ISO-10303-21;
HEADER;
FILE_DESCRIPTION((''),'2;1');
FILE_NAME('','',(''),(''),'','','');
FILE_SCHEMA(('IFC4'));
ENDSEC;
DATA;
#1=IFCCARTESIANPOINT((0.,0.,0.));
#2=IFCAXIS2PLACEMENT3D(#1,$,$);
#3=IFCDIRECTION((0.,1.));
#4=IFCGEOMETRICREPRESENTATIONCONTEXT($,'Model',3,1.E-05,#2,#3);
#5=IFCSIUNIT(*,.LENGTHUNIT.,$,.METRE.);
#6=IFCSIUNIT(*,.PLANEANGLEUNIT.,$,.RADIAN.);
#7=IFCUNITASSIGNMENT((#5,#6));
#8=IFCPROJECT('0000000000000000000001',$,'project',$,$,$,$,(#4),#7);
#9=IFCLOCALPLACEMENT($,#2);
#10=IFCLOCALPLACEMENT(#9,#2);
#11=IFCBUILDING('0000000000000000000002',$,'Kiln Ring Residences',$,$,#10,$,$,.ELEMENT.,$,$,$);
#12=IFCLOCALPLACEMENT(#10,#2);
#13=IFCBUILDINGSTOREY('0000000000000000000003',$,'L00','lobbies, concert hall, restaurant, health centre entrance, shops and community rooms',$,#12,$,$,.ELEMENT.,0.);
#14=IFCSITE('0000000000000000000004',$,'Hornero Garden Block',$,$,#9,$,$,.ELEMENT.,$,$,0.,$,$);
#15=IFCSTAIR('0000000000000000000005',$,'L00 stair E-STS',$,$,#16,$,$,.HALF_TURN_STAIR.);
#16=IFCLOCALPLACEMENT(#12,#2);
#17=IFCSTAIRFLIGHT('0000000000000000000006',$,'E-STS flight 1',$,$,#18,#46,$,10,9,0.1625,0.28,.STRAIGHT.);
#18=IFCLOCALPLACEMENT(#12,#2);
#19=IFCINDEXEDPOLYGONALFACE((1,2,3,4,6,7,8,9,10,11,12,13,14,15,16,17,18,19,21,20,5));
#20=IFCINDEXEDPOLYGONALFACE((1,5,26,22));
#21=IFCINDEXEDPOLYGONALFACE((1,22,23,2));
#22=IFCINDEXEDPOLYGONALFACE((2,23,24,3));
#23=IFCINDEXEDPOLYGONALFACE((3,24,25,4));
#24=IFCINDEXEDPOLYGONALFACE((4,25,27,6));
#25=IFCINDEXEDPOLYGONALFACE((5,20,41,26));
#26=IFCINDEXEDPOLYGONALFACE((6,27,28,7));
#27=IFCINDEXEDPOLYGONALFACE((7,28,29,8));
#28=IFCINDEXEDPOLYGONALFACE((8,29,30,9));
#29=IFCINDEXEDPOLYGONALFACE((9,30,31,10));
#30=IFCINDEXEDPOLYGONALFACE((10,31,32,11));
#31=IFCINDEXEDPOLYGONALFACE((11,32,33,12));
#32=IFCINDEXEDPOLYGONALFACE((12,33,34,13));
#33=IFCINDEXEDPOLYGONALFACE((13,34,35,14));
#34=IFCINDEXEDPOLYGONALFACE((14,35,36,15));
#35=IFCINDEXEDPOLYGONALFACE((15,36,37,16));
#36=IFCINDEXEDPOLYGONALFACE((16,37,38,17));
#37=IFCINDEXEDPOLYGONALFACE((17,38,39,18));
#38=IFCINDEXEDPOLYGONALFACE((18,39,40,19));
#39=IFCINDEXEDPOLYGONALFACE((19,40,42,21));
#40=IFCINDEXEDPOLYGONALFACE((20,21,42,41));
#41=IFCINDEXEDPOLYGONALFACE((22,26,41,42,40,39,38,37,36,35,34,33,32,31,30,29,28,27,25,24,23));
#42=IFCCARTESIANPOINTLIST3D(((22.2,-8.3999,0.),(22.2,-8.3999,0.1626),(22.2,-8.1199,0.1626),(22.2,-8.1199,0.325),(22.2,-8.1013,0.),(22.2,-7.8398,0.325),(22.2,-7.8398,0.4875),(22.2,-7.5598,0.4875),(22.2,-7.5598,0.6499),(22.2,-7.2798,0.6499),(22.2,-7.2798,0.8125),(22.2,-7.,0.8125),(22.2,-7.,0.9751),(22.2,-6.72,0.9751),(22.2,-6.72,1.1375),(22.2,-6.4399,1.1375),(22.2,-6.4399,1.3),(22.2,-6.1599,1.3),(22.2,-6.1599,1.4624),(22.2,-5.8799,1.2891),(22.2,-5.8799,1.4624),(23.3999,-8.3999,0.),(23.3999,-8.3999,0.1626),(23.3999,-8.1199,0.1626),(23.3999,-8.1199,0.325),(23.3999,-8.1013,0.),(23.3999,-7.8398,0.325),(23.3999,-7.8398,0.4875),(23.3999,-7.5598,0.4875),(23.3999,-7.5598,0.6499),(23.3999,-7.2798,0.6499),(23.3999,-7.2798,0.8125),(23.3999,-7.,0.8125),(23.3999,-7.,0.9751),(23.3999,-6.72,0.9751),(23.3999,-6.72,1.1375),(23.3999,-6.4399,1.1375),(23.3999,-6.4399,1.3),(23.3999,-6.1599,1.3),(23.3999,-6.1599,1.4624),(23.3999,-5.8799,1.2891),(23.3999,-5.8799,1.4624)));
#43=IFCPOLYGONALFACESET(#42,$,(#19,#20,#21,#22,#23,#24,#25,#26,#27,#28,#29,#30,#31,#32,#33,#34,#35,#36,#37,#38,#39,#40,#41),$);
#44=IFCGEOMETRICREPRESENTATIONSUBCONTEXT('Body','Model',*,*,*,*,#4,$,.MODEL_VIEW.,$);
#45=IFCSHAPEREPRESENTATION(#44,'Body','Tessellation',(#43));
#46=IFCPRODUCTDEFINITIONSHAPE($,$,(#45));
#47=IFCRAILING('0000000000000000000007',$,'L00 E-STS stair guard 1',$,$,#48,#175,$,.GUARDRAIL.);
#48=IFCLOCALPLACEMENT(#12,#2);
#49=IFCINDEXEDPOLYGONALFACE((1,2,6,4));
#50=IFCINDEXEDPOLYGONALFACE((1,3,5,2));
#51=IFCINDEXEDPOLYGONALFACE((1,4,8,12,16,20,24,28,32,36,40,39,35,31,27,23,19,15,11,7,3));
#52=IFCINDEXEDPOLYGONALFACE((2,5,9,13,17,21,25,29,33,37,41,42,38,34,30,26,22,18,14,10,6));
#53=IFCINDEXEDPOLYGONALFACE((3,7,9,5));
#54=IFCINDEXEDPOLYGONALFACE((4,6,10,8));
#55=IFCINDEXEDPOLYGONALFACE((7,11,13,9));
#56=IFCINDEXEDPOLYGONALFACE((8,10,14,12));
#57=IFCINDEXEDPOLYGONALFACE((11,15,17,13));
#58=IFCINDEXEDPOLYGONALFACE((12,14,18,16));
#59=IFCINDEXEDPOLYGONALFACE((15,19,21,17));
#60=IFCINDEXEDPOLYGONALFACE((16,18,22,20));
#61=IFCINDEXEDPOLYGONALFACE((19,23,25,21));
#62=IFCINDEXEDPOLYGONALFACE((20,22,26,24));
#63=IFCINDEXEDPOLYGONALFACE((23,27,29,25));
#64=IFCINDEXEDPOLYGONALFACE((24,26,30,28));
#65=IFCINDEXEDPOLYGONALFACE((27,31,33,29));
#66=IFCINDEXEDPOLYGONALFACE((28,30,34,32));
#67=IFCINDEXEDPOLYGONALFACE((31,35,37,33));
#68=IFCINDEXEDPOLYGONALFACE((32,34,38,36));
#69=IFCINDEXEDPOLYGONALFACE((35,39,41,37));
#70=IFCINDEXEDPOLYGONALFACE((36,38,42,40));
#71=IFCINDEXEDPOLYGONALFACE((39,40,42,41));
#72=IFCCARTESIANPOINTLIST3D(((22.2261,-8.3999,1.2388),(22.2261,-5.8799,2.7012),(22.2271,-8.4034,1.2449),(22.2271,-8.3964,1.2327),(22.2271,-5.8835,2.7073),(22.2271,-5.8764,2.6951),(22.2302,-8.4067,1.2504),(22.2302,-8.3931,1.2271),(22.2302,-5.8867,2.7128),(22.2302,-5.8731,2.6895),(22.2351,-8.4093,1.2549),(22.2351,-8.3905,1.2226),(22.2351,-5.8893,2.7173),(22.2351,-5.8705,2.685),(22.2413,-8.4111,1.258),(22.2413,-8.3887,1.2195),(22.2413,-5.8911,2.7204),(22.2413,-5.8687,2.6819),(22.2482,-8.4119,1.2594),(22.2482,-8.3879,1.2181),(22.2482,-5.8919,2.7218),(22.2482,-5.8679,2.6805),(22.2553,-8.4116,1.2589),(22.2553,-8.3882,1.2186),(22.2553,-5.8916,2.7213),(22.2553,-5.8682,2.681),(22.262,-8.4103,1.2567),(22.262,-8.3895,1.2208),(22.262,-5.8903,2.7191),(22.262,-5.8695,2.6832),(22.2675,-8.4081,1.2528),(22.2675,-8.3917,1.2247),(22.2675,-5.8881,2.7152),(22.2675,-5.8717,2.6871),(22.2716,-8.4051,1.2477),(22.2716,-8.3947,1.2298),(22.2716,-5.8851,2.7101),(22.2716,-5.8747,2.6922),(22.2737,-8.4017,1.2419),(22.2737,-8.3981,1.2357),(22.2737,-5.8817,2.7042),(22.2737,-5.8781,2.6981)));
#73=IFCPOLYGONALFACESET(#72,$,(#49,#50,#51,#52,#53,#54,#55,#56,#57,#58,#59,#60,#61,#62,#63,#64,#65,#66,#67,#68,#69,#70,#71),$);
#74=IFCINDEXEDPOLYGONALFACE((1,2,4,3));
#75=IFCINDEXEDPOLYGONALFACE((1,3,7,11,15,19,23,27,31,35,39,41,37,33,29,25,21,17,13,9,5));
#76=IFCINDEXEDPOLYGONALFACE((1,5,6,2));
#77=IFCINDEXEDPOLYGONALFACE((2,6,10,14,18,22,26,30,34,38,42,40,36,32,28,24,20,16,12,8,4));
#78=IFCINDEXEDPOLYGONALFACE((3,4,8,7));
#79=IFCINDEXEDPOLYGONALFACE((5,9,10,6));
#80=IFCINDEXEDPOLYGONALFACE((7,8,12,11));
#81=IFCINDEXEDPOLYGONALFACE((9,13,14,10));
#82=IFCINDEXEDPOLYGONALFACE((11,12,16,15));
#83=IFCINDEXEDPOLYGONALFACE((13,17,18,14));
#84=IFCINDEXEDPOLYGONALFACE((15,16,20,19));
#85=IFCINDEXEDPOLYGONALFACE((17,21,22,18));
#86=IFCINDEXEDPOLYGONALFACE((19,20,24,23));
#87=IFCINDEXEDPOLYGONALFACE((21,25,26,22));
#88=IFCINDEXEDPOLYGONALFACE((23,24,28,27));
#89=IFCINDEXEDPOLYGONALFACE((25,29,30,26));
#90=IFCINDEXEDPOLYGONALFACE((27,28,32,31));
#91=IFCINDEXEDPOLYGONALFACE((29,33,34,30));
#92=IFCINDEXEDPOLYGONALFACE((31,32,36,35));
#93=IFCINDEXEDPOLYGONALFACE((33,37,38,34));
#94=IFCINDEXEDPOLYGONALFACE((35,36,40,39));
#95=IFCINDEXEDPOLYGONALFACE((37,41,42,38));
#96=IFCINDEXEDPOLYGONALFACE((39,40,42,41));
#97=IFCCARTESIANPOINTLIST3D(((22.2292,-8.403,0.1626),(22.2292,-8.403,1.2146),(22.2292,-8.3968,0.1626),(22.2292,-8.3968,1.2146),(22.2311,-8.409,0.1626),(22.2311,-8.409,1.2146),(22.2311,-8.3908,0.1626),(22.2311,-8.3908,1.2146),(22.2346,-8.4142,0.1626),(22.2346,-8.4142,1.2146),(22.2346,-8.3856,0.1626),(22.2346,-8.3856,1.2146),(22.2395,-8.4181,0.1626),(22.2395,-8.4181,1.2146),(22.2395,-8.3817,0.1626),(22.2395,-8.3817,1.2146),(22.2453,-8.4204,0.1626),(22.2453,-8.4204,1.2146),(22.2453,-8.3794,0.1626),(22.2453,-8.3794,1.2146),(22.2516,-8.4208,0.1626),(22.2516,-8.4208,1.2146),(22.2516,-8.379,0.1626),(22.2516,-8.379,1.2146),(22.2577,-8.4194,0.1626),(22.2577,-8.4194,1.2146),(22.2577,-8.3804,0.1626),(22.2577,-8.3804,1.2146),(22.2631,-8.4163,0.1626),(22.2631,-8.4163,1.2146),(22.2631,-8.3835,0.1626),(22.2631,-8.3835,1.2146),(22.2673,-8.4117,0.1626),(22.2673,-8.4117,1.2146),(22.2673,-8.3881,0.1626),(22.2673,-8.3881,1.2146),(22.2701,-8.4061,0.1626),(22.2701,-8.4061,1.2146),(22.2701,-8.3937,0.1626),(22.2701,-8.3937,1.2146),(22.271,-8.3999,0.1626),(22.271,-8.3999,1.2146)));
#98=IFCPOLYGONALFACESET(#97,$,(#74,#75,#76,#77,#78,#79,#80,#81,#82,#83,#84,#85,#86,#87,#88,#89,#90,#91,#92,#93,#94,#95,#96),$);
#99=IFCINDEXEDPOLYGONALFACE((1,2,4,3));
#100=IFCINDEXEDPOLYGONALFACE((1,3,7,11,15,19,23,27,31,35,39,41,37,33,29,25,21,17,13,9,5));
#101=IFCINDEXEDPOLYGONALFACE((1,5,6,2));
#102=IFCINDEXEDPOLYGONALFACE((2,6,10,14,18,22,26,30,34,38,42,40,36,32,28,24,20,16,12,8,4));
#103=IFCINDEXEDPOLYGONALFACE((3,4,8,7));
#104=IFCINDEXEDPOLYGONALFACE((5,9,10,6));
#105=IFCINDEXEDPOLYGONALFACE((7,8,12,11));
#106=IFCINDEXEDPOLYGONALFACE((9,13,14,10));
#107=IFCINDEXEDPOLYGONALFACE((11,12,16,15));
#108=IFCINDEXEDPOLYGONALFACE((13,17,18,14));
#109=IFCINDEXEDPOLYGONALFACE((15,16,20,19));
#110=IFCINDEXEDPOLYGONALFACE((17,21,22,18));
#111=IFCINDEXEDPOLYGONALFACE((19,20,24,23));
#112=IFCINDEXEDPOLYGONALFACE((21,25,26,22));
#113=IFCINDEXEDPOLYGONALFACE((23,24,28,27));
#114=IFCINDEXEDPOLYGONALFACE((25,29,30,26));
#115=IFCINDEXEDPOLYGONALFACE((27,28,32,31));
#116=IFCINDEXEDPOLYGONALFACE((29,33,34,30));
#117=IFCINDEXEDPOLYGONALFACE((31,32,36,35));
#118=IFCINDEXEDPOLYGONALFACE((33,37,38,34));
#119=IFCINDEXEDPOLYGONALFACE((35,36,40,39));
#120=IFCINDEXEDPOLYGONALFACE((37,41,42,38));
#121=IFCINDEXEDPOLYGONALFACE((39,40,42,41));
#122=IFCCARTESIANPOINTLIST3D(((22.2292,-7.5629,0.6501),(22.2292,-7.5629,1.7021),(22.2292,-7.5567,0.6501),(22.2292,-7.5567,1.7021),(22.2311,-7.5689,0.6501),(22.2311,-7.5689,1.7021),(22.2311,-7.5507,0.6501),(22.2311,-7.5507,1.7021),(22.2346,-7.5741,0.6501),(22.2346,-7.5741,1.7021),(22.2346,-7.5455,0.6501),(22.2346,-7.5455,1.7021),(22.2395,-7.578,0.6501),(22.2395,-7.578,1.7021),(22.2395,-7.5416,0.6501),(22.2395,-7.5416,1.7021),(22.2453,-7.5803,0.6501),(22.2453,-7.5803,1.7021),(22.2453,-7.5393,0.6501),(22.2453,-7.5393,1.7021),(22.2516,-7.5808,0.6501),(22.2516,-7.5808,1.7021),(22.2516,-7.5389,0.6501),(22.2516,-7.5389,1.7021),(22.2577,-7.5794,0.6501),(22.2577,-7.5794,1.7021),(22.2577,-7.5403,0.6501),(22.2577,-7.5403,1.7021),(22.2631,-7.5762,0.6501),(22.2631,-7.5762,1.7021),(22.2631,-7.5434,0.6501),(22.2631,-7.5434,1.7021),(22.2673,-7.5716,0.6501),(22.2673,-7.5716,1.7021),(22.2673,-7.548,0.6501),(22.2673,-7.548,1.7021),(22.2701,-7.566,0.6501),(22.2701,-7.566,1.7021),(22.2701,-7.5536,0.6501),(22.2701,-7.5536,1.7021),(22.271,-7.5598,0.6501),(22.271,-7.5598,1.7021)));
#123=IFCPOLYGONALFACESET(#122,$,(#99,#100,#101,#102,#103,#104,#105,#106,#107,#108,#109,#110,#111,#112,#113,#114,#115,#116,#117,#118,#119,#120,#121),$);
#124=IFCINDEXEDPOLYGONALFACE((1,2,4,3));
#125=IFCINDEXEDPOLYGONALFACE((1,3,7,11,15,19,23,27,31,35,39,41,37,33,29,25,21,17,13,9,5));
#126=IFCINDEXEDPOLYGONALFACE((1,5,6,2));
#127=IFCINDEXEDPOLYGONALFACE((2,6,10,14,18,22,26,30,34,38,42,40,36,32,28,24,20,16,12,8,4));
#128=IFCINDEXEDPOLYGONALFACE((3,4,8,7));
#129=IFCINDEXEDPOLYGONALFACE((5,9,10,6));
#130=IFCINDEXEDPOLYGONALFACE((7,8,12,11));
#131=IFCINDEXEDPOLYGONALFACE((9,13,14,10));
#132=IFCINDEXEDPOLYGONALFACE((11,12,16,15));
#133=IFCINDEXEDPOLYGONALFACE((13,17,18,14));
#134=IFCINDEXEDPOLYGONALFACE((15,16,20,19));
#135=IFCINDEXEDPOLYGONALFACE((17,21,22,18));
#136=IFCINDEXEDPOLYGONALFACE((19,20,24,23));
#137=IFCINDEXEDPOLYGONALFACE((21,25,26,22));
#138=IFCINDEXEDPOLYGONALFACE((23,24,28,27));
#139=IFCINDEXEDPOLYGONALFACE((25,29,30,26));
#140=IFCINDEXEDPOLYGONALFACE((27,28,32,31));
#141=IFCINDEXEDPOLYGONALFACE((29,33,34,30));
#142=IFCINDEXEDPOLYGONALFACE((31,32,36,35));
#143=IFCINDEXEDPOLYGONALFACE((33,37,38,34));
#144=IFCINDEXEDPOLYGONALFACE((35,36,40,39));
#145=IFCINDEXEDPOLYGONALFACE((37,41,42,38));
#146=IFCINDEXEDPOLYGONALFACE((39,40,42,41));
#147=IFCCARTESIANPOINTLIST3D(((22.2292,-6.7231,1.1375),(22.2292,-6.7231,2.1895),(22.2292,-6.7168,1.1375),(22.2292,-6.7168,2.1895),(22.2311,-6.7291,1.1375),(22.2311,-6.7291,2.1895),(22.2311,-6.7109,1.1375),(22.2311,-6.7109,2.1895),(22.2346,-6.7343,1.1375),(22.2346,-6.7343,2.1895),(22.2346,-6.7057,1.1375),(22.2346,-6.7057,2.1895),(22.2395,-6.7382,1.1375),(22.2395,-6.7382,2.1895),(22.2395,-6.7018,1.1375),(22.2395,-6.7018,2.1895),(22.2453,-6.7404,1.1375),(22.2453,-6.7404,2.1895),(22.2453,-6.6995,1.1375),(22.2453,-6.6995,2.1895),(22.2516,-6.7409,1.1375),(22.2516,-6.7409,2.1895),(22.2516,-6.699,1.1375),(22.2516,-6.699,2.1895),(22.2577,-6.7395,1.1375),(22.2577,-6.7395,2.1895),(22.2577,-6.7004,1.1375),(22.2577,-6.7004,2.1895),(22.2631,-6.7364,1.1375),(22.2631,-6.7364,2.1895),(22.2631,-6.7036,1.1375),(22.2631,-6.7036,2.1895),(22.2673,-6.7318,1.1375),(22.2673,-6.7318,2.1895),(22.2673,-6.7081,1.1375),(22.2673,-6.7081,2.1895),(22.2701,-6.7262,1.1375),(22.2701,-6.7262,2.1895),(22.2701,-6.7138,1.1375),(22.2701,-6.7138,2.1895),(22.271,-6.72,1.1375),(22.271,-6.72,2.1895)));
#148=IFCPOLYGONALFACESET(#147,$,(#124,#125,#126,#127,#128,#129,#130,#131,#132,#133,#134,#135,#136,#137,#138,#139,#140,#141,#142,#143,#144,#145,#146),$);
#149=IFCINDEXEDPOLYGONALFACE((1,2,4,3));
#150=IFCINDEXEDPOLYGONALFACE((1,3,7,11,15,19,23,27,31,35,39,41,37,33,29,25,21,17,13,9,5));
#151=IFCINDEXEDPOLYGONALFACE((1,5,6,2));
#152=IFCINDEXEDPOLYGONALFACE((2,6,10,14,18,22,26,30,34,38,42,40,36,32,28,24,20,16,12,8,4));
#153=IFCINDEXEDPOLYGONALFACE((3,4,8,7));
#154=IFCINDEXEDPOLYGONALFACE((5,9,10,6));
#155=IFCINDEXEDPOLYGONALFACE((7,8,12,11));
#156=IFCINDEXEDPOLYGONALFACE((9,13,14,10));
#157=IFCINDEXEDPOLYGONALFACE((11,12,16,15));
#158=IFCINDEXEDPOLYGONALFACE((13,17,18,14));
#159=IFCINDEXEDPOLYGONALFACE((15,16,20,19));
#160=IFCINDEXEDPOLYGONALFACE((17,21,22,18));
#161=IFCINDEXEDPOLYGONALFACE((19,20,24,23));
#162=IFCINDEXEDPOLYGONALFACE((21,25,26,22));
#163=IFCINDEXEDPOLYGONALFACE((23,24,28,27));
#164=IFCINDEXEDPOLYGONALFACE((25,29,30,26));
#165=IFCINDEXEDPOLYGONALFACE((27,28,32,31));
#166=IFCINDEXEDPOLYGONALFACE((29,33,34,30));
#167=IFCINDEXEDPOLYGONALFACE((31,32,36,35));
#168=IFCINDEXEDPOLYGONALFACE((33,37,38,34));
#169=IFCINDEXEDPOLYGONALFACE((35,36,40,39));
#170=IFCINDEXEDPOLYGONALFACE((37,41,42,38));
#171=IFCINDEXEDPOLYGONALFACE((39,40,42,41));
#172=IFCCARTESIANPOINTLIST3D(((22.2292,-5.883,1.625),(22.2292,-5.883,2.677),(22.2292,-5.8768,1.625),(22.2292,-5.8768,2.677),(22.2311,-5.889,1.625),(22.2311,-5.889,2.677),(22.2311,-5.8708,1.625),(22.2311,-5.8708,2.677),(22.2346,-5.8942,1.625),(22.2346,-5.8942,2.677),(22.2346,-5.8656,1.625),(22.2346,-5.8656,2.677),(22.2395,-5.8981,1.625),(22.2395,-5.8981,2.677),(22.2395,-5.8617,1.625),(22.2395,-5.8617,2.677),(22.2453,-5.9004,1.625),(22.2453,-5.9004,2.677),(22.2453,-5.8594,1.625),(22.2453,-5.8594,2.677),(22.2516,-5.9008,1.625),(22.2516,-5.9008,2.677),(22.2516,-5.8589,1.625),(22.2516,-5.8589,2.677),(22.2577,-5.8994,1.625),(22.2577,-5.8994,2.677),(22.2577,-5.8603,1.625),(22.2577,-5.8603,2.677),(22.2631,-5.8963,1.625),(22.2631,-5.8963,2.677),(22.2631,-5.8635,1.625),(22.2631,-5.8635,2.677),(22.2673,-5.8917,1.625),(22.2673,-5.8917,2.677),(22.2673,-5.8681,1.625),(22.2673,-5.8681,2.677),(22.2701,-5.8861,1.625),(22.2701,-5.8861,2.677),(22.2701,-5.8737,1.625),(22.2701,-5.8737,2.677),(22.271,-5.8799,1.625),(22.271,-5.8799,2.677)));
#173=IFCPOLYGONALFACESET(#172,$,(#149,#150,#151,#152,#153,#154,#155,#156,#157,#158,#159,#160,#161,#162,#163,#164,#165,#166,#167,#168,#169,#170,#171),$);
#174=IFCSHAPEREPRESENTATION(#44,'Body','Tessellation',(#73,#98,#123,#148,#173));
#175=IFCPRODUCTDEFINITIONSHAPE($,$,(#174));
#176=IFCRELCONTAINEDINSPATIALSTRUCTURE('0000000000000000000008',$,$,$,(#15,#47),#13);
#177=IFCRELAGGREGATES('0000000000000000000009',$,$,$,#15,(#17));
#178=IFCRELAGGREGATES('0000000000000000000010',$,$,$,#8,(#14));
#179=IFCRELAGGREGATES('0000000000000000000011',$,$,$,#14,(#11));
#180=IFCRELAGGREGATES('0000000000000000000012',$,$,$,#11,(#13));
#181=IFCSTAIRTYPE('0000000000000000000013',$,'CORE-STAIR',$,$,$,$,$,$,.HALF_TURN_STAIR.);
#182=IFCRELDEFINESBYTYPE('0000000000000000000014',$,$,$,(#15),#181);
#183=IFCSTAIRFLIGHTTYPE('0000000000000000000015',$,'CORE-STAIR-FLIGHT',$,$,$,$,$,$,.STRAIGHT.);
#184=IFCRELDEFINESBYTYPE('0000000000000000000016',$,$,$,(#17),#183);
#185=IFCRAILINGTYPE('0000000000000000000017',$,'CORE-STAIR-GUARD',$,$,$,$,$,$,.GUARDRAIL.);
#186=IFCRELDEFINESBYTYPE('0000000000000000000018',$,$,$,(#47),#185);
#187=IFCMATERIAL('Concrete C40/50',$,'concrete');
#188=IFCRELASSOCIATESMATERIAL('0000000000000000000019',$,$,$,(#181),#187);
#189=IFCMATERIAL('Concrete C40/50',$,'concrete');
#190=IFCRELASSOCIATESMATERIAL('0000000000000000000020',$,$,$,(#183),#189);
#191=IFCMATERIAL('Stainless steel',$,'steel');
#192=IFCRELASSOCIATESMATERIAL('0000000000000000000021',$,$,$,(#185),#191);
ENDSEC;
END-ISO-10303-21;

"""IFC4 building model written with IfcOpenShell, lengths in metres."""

from ifc_helpers import new_model, si_unit, direction, frame, origin, origin_2d, place, context, subcontext, project, spatial, polyline, circle, outline, extrude, material, type_object, element, aggregate, save


model = new_model("IFC4")

# Units and contexts
model_context = context("Model", 3, precision=1e-05, world=origin(), true_north=direction((0.0, 1.0)))
body_context = subcontext(model_context, "Body", "Model", "MODEL_VIEW")
ifc_project = project(units=[si_unit("LENGTHUNIT", "METRE"), si_unit("PLANEANGLEUNIT", "RADIAN")], contexts=[model_context])

# Site, building, storey
site_placement = place(None, origin())
site = spatial("IfcSite", under=ifc_project, at=site_placement, Name="Hornero Garden Block", CompositionType="ELEMENT", RefElevation=0.0)
building_placement = place(site_placement, origin())
building = spatial("IfcBuilding", under=site, at=building_placement, Name="Kiln Ring Residences", CompositionType="ELEMENT")
storey_placement = place(building_placement, origin())
storey = spatial("IfcBuildingStorey", under=building, at=storey_placement, Name="L00", Description="lobbies, concert hall, restaurant, health centre entrance, shops and community rooms", CompositionType="ELEMENT", Elevation=0.0)

# Shared definitions
placement = place(storey_placement, origin())

# Stair, stair flight
ifc_material_1 = material(Name="Concrete C40/50", Category="concrete")
stair_type = type_object("IfcStairType", Name="CORE-STAIR", PredefinedType="HALF_TURN_STAIR", material=ifc_material_1)
stair = element("IfcStair", 1, at=placement, inside=storey, type_object=stair_type, Name="L00 stair E-STS", PredefinedType="HALF_TURN_STAIR")
ifc_material_2 = material(Name="Concrete C40/50", Category="concrete")
stair_flight_type = type_object("IfcStairFlightType", Name="CORE-STAIR-FLIGHT", PredefinedType="STRAIGHT", material=ifc_material_2)
stair_flight_placement = place(storey_placement, frame((22.8, -8.3999, 0.0), z_axis=(0.0, 0.0, 1.0), x_axis=(0.0, 1.0, 0.0)))
stair_flight = element("IfcStairFlight", 2, at=stair_flight_placement, type_object=stair_flight_type, Name="E-STS flight 1", NumberOfRisers=10, NumberOfTreads=9, PredefinedType="STRAIGHT", RiserHeight=0.1625, TreadLength=0.28, context=body_context, shape_type="SweptSolid", body=[
    extrude(outline(polyline([(0.0, 0.0), (0.0, 0.1626), (0.28, 0.1626), (0.28, 0.325), (0.5601, 0.325), (0.5601, 0.4875), (0.8401, 0.4875), (0.8401, 0.6499), (1.1201, 0.6499), (1.1201, 0.8125), (1.3999, 0.8125), (1.3999, 0.9751), (1.6799, 0.9751), (1.6799, 1.1375), (1.96, 1.1375), (1.96, 1.3), (2.24, 1.3), (2.24, 1.4624), (2.52, 1.4624), (2.52, 1.625), (2.52, 1.2891), (0.2986, 0.0), (0.0, 0.0)])), frame((0.0, 0.6001, 0.0), z_axis=(0.0, -1.0, 0.0), x_axis=(1.0, 0.0, 0.0)), (0.0, 0.0, 1.0), 1.2),
])
aggregate(stair, [stair_flight])

# Railing
ifc_material_3 = material(Name="Stainless steel", Category="steel")
railing_type = type_object("IfcRailingType", Name="CORE-STAIR-GUARD", PredefinedType="GUARDRAIL", material=ifc_material_3)
railing_1_placement = place(storey_placement, frame((22.25, -8.3999, 0.1626)))
element("IfcRailing", 3, at=railing_1_placement, inside=storey, type_object=railing_type, Name="L00 E-STS stair guard 1", PredefinedType="GUARDRAIL", context=body_context, shape_type="SweptSolid", body=[
    extrude(circle(Radius=0.0239, at=origin_2d()), frame((0.0, 0.0, 1.0762), z_axis=(0.0, 0.864913, 0.501921), x_axis=(-1.0, 0.0, 0.0)), (0.0, 0.0, 1.0), 2.9136),
    extrude(circle(Radius=0.021, at=origin_2d()), origin(), (0.0, 0.0, 1.0), 1.052),
    extrude(circle(Radius=0.021, at=origin_2d()), frame((0.0, 0.8401, 0.4875)), (0.0, 0.0, 1.0), 1.052),
    extrude(circle(Radius=0.021, at=origin_2d()), frame((0.0, 1.6799, 0.9749)), (0.0, 0.0, 1.0), 1.052),
    extrude(circle(Radius=0.021, at=origin_2d()), frame((0.0, 2.52, 1.4624)), (0.0, 0.0, 1.0), 1.052),
])

save(model, "model.ifc")
